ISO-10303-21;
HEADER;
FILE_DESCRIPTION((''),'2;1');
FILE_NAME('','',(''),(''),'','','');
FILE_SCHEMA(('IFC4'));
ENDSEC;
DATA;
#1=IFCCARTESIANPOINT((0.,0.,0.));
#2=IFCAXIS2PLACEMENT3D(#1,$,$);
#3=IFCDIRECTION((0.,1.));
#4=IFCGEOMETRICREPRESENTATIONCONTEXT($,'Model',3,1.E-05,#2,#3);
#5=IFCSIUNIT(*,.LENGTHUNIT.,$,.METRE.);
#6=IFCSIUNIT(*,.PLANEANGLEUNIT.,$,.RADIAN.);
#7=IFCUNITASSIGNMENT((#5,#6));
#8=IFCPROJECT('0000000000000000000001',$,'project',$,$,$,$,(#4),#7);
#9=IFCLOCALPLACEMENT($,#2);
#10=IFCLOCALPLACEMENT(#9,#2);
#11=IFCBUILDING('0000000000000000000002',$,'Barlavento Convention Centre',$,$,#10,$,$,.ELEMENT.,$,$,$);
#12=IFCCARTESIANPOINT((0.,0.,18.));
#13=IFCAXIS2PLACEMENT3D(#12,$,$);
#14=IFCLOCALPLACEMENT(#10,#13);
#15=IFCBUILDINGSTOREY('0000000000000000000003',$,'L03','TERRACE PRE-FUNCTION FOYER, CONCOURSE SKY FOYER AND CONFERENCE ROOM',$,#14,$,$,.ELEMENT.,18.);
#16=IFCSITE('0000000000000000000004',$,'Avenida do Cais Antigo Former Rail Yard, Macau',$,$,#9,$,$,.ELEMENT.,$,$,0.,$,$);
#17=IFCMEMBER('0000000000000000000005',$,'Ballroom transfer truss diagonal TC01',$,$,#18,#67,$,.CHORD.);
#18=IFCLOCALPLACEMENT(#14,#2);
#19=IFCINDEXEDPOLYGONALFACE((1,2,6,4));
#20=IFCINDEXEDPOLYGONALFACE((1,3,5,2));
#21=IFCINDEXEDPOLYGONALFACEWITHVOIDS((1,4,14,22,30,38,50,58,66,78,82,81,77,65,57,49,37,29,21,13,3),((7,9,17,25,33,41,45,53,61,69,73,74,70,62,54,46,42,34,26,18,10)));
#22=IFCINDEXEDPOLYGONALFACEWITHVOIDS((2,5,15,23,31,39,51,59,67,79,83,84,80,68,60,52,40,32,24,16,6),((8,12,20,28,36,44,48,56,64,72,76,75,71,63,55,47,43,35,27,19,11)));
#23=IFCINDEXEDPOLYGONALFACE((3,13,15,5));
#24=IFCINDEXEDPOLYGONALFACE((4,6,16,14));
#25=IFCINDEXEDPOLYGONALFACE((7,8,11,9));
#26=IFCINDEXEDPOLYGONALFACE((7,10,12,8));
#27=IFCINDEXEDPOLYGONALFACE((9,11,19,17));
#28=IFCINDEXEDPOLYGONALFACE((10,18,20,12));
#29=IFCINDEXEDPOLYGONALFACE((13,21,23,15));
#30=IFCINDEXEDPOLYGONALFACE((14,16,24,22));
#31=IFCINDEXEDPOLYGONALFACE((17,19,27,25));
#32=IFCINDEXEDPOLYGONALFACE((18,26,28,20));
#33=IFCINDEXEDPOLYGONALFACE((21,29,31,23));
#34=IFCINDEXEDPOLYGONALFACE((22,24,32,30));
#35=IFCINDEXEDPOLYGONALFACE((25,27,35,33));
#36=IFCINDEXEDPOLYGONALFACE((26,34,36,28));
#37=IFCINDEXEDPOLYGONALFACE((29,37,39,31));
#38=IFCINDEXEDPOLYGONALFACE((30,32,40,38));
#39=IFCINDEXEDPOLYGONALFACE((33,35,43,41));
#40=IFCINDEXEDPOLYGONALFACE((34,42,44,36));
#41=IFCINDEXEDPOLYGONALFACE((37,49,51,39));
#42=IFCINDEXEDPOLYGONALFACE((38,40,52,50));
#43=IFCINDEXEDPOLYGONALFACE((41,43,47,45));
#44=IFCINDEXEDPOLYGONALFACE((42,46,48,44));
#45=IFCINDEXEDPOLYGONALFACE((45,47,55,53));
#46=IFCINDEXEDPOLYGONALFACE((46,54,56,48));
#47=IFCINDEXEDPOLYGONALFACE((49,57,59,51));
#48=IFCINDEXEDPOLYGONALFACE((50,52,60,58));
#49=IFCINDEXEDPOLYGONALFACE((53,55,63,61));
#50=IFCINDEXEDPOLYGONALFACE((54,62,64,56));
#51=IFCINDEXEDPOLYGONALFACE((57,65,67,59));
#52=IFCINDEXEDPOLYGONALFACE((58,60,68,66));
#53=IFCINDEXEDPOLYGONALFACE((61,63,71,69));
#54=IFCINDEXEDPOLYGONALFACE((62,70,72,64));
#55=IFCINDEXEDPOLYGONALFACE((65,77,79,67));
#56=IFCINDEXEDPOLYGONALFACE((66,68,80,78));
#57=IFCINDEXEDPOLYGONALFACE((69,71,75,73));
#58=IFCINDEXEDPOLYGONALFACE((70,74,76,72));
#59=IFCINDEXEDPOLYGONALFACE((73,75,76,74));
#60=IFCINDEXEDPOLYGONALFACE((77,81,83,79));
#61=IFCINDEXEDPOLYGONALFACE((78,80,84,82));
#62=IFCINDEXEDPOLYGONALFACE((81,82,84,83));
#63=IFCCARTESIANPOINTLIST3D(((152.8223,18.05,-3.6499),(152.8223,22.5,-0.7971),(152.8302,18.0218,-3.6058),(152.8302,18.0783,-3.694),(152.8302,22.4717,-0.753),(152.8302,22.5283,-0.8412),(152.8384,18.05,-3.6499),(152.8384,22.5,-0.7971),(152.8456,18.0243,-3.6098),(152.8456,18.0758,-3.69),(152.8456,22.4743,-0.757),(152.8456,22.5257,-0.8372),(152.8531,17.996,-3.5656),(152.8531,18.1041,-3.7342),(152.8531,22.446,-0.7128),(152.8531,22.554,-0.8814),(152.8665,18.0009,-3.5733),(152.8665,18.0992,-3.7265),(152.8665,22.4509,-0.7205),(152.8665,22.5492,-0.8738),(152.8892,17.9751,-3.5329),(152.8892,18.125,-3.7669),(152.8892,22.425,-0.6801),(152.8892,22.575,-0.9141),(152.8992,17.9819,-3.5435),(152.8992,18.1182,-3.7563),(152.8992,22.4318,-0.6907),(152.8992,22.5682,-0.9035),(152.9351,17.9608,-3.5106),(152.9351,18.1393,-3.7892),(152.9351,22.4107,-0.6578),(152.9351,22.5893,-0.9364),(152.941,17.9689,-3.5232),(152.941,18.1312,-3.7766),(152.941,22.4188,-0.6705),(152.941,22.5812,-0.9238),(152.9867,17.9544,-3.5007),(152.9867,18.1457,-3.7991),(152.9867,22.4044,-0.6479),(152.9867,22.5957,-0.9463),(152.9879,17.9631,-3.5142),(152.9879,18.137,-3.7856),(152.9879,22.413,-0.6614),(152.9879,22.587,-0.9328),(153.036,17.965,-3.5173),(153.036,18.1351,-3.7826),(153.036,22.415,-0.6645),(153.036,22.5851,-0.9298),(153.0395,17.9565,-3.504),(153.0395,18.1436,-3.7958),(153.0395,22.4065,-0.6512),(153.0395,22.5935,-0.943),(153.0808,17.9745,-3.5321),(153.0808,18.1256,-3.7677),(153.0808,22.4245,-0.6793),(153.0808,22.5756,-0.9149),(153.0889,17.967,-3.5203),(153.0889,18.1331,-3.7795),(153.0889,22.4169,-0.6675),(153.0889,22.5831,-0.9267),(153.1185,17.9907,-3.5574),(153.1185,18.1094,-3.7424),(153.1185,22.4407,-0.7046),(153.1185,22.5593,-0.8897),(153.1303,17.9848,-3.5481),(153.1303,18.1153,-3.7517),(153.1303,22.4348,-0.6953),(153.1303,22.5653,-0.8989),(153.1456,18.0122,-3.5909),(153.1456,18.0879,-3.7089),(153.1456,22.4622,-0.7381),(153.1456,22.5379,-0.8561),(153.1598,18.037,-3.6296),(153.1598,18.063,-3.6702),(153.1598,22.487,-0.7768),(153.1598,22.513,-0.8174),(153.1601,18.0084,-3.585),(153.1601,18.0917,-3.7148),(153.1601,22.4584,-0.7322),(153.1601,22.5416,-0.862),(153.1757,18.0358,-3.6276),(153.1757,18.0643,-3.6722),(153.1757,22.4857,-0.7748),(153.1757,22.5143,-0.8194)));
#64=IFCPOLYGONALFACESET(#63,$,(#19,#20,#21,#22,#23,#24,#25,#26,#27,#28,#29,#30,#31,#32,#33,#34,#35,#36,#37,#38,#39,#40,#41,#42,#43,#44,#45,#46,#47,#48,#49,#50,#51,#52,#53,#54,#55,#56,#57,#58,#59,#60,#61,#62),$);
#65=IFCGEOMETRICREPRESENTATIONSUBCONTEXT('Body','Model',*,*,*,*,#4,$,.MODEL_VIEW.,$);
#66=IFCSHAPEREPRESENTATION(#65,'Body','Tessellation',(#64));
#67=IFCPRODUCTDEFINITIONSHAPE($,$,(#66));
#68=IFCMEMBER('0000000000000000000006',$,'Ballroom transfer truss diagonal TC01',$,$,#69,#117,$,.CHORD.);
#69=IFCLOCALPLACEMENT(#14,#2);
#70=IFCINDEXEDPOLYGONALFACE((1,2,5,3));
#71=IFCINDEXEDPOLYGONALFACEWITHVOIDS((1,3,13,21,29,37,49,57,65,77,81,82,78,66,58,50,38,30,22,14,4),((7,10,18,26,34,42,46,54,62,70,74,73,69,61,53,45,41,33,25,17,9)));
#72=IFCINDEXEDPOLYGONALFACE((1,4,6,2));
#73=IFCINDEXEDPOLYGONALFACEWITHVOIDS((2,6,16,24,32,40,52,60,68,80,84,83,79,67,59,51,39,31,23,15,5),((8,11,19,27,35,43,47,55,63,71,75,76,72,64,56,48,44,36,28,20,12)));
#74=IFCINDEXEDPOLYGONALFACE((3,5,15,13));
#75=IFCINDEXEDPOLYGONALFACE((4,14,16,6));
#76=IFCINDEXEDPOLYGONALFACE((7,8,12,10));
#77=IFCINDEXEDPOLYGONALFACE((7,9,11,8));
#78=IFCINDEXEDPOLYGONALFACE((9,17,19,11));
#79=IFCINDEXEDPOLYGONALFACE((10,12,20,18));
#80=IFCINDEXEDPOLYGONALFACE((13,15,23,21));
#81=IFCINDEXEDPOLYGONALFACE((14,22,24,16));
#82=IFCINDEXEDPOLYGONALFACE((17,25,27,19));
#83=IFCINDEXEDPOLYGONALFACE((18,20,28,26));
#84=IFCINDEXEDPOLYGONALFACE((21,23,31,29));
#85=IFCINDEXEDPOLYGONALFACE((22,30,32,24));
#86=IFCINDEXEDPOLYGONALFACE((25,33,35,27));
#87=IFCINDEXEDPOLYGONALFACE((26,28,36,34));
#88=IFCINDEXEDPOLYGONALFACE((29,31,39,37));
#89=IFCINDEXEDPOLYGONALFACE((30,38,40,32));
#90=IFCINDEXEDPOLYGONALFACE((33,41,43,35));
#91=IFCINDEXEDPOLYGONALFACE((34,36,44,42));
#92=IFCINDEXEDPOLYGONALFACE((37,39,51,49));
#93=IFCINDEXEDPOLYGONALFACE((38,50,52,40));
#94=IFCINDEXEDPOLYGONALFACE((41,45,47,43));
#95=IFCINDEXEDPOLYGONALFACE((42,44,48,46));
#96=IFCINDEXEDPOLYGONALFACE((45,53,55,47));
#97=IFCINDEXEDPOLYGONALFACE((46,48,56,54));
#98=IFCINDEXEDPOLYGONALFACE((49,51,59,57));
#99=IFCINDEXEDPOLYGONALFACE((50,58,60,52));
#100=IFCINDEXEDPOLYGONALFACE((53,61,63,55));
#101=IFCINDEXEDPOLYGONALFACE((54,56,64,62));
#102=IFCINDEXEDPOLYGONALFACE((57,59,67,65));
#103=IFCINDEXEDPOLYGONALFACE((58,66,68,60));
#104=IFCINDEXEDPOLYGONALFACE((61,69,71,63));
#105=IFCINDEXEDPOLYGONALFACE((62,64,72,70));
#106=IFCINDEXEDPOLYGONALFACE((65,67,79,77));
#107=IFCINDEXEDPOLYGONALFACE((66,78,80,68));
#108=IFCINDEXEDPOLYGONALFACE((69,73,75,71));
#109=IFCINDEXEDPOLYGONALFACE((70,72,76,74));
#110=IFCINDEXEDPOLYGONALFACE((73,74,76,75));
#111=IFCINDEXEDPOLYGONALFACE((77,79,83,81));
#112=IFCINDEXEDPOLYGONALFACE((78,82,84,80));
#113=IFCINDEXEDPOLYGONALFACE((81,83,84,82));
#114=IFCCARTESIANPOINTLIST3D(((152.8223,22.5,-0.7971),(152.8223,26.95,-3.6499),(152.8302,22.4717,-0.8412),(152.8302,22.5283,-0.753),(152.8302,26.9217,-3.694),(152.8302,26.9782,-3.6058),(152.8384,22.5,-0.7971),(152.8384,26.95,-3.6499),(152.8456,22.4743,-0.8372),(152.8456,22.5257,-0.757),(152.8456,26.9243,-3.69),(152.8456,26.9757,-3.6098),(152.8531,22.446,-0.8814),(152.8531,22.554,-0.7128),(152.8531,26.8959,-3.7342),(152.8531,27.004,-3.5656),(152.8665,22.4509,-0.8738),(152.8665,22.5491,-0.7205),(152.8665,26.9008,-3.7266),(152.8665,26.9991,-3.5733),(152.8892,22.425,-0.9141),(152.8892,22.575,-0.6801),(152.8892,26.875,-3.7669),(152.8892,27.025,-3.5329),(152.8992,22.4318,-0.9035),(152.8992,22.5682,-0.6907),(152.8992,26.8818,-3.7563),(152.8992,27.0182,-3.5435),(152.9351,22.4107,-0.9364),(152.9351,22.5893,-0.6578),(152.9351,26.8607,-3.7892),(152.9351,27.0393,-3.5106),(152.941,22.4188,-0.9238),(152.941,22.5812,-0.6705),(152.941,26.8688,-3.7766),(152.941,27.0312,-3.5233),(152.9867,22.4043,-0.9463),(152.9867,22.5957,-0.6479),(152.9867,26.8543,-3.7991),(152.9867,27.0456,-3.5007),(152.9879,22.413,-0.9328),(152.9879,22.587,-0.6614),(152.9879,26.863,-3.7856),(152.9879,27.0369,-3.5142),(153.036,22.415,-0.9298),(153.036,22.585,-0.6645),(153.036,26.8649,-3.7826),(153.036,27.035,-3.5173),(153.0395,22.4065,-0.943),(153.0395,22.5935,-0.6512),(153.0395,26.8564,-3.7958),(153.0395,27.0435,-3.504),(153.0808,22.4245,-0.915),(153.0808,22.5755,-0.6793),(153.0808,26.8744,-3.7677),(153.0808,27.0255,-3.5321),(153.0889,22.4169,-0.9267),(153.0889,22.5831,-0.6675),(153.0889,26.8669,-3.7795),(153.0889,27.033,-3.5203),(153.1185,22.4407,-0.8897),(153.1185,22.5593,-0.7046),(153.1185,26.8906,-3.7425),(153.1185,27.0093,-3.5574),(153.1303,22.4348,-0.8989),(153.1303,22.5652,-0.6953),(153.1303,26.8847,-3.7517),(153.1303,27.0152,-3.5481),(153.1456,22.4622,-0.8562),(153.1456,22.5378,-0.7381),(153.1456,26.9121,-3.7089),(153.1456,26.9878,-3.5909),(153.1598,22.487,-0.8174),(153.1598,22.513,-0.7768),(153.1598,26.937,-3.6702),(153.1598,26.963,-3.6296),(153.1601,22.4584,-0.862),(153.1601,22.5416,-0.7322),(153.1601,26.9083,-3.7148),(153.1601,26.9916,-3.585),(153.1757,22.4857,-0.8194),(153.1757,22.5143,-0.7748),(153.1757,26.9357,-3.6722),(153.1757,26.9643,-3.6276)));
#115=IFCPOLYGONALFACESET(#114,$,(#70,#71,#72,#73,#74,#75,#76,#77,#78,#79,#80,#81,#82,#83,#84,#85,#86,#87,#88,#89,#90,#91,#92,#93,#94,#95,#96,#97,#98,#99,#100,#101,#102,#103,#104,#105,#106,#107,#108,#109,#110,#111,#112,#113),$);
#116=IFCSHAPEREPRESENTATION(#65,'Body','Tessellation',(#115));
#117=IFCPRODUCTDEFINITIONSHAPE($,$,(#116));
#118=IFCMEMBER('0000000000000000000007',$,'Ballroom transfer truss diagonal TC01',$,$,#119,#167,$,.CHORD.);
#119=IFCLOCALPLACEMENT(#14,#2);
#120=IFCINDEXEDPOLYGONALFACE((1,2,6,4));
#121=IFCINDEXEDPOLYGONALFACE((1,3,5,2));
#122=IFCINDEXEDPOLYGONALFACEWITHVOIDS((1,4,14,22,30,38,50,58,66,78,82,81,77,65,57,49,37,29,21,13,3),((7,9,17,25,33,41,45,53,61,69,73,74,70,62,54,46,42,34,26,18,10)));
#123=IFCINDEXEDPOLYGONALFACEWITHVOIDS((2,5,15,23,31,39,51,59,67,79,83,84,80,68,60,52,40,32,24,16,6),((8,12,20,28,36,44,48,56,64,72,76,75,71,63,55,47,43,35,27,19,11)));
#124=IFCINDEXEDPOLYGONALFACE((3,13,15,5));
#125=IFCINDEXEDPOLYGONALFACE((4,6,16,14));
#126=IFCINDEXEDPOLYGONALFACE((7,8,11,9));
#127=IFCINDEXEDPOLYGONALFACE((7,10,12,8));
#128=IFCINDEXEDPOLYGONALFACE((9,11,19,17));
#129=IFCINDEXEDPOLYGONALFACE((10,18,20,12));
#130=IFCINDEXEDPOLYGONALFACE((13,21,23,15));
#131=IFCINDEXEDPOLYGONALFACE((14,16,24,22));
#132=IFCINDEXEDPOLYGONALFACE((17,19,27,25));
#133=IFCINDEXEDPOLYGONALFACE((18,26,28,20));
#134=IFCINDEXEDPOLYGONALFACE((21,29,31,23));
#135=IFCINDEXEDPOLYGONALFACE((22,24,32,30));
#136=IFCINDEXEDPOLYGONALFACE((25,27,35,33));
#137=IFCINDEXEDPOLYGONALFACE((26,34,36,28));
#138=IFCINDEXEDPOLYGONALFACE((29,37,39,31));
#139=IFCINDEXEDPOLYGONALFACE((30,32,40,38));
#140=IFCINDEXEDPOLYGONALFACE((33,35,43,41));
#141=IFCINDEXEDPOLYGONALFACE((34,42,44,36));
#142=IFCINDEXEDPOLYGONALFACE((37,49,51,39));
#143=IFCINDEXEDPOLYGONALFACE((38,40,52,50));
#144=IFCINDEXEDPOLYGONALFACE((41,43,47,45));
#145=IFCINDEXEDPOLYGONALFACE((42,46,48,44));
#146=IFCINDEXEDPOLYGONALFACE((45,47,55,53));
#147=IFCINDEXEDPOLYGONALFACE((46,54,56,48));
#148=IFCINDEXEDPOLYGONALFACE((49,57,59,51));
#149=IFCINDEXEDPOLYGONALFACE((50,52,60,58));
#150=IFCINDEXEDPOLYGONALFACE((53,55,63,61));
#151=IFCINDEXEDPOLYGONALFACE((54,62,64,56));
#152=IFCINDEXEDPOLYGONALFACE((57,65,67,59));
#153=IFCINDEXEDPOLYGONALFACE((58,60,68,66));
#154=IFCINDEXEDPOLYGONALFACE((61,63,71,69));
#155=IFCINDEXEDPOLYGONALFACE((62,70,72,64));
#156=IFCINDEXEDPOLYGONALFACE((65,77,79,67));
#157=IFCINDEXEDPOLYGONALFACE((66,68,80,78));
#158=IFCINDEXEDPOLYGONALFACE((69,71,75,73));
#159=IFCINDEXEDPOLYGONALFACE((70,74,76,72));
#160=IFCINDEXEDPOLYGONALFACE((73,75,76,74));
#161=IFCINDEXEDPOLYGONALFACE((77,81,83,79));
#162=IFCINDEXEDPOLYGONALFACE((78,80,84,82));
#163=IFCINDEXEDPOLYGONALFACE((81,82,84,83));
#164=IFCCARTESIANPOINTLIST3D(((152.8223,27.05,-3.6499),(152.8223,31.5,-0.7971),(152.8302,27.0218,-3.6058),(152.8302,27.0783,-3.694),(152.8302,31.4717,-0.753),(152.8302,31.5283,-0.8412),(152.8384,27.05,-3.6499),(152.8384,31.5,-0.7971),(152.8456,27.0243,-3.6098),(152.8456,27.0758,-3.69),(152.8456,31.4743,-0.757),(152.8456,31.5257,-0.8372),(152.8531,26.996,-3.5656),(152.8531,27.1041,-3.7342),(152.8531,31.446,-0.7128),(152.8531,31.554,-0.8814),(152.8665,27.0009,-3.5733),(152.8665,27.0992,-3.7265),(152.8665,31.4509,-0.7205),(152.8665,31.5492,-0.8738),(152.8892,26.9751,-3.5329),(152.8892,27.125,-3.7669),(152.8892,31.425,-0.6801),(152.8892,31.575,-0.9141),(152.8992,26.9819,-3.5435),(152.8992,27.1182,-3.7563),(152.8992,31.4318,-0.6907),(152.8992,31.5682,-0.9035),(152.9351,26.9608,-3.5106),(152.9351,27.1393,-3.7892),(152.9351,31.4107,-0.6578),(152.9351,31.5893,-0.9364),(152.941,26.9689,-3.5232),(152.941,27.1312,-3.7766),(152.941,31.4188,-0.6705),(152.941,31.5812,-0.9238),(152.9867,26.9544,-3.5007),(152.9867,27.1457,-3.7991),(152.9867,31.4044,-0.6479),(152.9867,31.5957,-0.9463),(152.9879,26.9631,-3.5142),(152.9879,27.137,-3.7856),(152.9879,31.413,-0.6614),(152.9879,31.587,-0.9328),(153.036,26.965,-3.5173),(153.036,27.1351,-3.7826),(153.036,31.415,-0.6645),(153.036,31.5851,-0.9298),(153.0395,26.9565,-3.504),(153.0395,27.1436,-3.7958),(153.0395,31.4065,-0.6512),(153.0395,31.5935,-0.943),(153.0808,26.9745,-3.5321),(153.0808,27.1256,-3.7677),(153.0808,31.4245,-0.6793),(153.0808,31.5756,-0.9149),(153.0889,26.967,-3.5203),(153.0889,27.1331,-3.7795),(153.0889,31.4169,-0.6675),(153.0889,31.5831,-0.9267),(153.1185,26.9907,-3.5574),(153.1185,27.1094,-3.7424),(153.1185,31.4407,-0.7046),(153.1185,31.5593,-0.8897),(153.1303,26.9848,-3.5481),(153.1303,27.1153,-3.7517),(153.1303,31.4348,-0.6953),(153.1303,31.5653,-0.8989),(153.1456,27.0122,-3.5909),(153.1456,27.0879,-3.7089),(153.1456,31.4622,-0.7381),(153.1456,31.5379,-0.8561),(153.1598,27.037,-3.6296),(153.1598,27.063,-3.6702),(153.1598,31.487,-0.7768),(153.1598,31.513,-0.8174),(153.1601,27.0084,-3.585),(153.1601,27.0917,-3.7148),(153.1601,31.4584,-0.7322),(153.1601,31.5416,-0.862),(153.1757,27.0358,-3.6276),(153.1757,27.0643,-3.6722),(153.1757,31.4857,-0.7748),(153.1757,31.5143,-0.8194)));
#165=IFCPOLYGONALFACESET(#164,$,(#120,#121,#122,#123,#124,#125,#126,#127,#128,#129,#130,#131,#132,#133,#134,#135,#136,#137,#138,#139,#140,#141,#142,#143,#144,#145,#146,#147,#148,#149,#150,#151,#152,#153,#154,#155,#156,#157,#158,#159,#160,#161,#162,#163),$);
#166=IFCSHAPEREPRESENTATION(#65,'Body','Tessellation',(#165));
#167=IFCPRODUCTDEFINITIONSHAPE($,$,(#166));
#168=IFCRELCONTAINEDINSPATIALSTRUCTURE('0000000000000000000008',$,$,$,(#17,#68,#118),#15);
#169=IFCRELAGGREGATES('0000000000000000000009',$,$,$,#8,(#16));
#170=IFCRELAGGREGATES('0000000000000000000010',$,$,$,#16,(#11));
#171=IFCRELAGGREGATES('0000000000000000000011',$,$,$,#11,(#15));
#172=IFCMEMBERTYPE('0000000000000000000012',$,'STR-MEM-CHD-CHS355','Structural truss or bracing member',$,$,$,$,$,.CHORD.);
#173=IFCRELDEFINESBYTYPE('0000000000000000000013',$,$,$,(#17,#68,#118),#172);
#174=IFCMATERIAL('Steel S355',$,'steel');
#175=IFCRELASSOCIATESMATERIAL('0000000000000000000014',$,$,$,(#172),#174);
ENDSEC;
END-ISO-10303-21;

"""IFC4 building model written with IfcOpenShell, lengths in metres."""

from ifc_helpers import new_model, si_unit, direction, frame, origin, origin_2d, place, context, subcontext, project, spatial, hollow_circle, extrude, material, material_profile, profile_set, type_object, element, save


model = new_model("IFC4")

# Units and contexts
model_context = context("Model", 3, precision=1e-05, world=origin(), true_north=direction((0.0, 1.0)))
body_context = subcontext(model_context, "Body", "Model", "MODEL_VIEW")
ifc_project = project(units=[si_unit("LENGTHUNIT", "METRE"), si_unit("PLANEANGLEUNIT", "RADIAN")], contexts=[model_context])

# Site, building, storey
site_placement = place(None, origin())
site = spatial("IfcSite", under=ifc_project, at=site_placement, Name="Avenida do Cais Antigo Former Rail Yard, Macau", CompositionType="ELEMENT", RefElevation=0.0)
building_placement = place(site_placement, origin())
building = spatial("IfcBuilding", under=site, at=building_placement, Name="Barlavento Convention Centre", CompositionType="ELEMENT")
storey_placement = place(building_placement, frame((0.0, 0.0, 18.0)))
storey = spatial("IfcBuildingStorey", under=building, at=storey_placement, Name="L03", Description="TERRACE PRE-FUNCTION FOYER, CONCOURSE SKY FOYER AND CONFERENCE ROOM", CompositionType="ELEMENT", Elevation=18.0)

# Shared definitions
ifc_material_1 = material(Name="Steel S355", Category="steel")

# Members
ifc_material_profile_1 = material_profile(ifc_material_1, hollow_circle(Radius=0.1777, WallThickness=0.0161, at=origin_2d()), Name="CHS 355.6x16.0")
ifc_profile_set_1 = profile_set([ifc_material_profile_1], Name="Steel S355")
member_type_1 = type_object("IfcMemberType", Name="STR-MEM-CHD-CHS355", Description="Structural truss or bracing member", PredefinedType="CHORD", material=ifc_profile_set_1)
for number, where, z_axis, x_axis, name in (
    (1, (153.0, 18.05, -3.6499), (0.0, 0.841858, 0.5397), (-1.0, 0.0, 0.0), "Ballroom transfer truss diagonal TC01"),
    (2, (153.0, 22.5, -0.7971), (0.0, 0.841858, -0.5397), (-1.0, 0.0, 0.0), "Ballroom transfer truss diagonal TC01"),
    (3, (153.0, 27.05, -3.6499), (0.0, 0.841858, 0.5397), (-1.0, 0.0, 0.0), "Ballroom transfer truss diagonal TC01"),
):
    element("IfcMember", number, at=place(storey_placement, frame(where, z_axis=z_axis, x_axis=x_axis)), inside=storey, type_object=member_type_1, Name=name, PredefinedType="CHORD", context=body_context, shape_type="SweptSolid", body=[
        extrude(hollow_circle(Radius=0.1777, WallThickness=0.0161, at=origin_2d()), origin(), (0.0, 0.0, 1.0), 5.2859),
    ])

save(model, "model.ifc")
